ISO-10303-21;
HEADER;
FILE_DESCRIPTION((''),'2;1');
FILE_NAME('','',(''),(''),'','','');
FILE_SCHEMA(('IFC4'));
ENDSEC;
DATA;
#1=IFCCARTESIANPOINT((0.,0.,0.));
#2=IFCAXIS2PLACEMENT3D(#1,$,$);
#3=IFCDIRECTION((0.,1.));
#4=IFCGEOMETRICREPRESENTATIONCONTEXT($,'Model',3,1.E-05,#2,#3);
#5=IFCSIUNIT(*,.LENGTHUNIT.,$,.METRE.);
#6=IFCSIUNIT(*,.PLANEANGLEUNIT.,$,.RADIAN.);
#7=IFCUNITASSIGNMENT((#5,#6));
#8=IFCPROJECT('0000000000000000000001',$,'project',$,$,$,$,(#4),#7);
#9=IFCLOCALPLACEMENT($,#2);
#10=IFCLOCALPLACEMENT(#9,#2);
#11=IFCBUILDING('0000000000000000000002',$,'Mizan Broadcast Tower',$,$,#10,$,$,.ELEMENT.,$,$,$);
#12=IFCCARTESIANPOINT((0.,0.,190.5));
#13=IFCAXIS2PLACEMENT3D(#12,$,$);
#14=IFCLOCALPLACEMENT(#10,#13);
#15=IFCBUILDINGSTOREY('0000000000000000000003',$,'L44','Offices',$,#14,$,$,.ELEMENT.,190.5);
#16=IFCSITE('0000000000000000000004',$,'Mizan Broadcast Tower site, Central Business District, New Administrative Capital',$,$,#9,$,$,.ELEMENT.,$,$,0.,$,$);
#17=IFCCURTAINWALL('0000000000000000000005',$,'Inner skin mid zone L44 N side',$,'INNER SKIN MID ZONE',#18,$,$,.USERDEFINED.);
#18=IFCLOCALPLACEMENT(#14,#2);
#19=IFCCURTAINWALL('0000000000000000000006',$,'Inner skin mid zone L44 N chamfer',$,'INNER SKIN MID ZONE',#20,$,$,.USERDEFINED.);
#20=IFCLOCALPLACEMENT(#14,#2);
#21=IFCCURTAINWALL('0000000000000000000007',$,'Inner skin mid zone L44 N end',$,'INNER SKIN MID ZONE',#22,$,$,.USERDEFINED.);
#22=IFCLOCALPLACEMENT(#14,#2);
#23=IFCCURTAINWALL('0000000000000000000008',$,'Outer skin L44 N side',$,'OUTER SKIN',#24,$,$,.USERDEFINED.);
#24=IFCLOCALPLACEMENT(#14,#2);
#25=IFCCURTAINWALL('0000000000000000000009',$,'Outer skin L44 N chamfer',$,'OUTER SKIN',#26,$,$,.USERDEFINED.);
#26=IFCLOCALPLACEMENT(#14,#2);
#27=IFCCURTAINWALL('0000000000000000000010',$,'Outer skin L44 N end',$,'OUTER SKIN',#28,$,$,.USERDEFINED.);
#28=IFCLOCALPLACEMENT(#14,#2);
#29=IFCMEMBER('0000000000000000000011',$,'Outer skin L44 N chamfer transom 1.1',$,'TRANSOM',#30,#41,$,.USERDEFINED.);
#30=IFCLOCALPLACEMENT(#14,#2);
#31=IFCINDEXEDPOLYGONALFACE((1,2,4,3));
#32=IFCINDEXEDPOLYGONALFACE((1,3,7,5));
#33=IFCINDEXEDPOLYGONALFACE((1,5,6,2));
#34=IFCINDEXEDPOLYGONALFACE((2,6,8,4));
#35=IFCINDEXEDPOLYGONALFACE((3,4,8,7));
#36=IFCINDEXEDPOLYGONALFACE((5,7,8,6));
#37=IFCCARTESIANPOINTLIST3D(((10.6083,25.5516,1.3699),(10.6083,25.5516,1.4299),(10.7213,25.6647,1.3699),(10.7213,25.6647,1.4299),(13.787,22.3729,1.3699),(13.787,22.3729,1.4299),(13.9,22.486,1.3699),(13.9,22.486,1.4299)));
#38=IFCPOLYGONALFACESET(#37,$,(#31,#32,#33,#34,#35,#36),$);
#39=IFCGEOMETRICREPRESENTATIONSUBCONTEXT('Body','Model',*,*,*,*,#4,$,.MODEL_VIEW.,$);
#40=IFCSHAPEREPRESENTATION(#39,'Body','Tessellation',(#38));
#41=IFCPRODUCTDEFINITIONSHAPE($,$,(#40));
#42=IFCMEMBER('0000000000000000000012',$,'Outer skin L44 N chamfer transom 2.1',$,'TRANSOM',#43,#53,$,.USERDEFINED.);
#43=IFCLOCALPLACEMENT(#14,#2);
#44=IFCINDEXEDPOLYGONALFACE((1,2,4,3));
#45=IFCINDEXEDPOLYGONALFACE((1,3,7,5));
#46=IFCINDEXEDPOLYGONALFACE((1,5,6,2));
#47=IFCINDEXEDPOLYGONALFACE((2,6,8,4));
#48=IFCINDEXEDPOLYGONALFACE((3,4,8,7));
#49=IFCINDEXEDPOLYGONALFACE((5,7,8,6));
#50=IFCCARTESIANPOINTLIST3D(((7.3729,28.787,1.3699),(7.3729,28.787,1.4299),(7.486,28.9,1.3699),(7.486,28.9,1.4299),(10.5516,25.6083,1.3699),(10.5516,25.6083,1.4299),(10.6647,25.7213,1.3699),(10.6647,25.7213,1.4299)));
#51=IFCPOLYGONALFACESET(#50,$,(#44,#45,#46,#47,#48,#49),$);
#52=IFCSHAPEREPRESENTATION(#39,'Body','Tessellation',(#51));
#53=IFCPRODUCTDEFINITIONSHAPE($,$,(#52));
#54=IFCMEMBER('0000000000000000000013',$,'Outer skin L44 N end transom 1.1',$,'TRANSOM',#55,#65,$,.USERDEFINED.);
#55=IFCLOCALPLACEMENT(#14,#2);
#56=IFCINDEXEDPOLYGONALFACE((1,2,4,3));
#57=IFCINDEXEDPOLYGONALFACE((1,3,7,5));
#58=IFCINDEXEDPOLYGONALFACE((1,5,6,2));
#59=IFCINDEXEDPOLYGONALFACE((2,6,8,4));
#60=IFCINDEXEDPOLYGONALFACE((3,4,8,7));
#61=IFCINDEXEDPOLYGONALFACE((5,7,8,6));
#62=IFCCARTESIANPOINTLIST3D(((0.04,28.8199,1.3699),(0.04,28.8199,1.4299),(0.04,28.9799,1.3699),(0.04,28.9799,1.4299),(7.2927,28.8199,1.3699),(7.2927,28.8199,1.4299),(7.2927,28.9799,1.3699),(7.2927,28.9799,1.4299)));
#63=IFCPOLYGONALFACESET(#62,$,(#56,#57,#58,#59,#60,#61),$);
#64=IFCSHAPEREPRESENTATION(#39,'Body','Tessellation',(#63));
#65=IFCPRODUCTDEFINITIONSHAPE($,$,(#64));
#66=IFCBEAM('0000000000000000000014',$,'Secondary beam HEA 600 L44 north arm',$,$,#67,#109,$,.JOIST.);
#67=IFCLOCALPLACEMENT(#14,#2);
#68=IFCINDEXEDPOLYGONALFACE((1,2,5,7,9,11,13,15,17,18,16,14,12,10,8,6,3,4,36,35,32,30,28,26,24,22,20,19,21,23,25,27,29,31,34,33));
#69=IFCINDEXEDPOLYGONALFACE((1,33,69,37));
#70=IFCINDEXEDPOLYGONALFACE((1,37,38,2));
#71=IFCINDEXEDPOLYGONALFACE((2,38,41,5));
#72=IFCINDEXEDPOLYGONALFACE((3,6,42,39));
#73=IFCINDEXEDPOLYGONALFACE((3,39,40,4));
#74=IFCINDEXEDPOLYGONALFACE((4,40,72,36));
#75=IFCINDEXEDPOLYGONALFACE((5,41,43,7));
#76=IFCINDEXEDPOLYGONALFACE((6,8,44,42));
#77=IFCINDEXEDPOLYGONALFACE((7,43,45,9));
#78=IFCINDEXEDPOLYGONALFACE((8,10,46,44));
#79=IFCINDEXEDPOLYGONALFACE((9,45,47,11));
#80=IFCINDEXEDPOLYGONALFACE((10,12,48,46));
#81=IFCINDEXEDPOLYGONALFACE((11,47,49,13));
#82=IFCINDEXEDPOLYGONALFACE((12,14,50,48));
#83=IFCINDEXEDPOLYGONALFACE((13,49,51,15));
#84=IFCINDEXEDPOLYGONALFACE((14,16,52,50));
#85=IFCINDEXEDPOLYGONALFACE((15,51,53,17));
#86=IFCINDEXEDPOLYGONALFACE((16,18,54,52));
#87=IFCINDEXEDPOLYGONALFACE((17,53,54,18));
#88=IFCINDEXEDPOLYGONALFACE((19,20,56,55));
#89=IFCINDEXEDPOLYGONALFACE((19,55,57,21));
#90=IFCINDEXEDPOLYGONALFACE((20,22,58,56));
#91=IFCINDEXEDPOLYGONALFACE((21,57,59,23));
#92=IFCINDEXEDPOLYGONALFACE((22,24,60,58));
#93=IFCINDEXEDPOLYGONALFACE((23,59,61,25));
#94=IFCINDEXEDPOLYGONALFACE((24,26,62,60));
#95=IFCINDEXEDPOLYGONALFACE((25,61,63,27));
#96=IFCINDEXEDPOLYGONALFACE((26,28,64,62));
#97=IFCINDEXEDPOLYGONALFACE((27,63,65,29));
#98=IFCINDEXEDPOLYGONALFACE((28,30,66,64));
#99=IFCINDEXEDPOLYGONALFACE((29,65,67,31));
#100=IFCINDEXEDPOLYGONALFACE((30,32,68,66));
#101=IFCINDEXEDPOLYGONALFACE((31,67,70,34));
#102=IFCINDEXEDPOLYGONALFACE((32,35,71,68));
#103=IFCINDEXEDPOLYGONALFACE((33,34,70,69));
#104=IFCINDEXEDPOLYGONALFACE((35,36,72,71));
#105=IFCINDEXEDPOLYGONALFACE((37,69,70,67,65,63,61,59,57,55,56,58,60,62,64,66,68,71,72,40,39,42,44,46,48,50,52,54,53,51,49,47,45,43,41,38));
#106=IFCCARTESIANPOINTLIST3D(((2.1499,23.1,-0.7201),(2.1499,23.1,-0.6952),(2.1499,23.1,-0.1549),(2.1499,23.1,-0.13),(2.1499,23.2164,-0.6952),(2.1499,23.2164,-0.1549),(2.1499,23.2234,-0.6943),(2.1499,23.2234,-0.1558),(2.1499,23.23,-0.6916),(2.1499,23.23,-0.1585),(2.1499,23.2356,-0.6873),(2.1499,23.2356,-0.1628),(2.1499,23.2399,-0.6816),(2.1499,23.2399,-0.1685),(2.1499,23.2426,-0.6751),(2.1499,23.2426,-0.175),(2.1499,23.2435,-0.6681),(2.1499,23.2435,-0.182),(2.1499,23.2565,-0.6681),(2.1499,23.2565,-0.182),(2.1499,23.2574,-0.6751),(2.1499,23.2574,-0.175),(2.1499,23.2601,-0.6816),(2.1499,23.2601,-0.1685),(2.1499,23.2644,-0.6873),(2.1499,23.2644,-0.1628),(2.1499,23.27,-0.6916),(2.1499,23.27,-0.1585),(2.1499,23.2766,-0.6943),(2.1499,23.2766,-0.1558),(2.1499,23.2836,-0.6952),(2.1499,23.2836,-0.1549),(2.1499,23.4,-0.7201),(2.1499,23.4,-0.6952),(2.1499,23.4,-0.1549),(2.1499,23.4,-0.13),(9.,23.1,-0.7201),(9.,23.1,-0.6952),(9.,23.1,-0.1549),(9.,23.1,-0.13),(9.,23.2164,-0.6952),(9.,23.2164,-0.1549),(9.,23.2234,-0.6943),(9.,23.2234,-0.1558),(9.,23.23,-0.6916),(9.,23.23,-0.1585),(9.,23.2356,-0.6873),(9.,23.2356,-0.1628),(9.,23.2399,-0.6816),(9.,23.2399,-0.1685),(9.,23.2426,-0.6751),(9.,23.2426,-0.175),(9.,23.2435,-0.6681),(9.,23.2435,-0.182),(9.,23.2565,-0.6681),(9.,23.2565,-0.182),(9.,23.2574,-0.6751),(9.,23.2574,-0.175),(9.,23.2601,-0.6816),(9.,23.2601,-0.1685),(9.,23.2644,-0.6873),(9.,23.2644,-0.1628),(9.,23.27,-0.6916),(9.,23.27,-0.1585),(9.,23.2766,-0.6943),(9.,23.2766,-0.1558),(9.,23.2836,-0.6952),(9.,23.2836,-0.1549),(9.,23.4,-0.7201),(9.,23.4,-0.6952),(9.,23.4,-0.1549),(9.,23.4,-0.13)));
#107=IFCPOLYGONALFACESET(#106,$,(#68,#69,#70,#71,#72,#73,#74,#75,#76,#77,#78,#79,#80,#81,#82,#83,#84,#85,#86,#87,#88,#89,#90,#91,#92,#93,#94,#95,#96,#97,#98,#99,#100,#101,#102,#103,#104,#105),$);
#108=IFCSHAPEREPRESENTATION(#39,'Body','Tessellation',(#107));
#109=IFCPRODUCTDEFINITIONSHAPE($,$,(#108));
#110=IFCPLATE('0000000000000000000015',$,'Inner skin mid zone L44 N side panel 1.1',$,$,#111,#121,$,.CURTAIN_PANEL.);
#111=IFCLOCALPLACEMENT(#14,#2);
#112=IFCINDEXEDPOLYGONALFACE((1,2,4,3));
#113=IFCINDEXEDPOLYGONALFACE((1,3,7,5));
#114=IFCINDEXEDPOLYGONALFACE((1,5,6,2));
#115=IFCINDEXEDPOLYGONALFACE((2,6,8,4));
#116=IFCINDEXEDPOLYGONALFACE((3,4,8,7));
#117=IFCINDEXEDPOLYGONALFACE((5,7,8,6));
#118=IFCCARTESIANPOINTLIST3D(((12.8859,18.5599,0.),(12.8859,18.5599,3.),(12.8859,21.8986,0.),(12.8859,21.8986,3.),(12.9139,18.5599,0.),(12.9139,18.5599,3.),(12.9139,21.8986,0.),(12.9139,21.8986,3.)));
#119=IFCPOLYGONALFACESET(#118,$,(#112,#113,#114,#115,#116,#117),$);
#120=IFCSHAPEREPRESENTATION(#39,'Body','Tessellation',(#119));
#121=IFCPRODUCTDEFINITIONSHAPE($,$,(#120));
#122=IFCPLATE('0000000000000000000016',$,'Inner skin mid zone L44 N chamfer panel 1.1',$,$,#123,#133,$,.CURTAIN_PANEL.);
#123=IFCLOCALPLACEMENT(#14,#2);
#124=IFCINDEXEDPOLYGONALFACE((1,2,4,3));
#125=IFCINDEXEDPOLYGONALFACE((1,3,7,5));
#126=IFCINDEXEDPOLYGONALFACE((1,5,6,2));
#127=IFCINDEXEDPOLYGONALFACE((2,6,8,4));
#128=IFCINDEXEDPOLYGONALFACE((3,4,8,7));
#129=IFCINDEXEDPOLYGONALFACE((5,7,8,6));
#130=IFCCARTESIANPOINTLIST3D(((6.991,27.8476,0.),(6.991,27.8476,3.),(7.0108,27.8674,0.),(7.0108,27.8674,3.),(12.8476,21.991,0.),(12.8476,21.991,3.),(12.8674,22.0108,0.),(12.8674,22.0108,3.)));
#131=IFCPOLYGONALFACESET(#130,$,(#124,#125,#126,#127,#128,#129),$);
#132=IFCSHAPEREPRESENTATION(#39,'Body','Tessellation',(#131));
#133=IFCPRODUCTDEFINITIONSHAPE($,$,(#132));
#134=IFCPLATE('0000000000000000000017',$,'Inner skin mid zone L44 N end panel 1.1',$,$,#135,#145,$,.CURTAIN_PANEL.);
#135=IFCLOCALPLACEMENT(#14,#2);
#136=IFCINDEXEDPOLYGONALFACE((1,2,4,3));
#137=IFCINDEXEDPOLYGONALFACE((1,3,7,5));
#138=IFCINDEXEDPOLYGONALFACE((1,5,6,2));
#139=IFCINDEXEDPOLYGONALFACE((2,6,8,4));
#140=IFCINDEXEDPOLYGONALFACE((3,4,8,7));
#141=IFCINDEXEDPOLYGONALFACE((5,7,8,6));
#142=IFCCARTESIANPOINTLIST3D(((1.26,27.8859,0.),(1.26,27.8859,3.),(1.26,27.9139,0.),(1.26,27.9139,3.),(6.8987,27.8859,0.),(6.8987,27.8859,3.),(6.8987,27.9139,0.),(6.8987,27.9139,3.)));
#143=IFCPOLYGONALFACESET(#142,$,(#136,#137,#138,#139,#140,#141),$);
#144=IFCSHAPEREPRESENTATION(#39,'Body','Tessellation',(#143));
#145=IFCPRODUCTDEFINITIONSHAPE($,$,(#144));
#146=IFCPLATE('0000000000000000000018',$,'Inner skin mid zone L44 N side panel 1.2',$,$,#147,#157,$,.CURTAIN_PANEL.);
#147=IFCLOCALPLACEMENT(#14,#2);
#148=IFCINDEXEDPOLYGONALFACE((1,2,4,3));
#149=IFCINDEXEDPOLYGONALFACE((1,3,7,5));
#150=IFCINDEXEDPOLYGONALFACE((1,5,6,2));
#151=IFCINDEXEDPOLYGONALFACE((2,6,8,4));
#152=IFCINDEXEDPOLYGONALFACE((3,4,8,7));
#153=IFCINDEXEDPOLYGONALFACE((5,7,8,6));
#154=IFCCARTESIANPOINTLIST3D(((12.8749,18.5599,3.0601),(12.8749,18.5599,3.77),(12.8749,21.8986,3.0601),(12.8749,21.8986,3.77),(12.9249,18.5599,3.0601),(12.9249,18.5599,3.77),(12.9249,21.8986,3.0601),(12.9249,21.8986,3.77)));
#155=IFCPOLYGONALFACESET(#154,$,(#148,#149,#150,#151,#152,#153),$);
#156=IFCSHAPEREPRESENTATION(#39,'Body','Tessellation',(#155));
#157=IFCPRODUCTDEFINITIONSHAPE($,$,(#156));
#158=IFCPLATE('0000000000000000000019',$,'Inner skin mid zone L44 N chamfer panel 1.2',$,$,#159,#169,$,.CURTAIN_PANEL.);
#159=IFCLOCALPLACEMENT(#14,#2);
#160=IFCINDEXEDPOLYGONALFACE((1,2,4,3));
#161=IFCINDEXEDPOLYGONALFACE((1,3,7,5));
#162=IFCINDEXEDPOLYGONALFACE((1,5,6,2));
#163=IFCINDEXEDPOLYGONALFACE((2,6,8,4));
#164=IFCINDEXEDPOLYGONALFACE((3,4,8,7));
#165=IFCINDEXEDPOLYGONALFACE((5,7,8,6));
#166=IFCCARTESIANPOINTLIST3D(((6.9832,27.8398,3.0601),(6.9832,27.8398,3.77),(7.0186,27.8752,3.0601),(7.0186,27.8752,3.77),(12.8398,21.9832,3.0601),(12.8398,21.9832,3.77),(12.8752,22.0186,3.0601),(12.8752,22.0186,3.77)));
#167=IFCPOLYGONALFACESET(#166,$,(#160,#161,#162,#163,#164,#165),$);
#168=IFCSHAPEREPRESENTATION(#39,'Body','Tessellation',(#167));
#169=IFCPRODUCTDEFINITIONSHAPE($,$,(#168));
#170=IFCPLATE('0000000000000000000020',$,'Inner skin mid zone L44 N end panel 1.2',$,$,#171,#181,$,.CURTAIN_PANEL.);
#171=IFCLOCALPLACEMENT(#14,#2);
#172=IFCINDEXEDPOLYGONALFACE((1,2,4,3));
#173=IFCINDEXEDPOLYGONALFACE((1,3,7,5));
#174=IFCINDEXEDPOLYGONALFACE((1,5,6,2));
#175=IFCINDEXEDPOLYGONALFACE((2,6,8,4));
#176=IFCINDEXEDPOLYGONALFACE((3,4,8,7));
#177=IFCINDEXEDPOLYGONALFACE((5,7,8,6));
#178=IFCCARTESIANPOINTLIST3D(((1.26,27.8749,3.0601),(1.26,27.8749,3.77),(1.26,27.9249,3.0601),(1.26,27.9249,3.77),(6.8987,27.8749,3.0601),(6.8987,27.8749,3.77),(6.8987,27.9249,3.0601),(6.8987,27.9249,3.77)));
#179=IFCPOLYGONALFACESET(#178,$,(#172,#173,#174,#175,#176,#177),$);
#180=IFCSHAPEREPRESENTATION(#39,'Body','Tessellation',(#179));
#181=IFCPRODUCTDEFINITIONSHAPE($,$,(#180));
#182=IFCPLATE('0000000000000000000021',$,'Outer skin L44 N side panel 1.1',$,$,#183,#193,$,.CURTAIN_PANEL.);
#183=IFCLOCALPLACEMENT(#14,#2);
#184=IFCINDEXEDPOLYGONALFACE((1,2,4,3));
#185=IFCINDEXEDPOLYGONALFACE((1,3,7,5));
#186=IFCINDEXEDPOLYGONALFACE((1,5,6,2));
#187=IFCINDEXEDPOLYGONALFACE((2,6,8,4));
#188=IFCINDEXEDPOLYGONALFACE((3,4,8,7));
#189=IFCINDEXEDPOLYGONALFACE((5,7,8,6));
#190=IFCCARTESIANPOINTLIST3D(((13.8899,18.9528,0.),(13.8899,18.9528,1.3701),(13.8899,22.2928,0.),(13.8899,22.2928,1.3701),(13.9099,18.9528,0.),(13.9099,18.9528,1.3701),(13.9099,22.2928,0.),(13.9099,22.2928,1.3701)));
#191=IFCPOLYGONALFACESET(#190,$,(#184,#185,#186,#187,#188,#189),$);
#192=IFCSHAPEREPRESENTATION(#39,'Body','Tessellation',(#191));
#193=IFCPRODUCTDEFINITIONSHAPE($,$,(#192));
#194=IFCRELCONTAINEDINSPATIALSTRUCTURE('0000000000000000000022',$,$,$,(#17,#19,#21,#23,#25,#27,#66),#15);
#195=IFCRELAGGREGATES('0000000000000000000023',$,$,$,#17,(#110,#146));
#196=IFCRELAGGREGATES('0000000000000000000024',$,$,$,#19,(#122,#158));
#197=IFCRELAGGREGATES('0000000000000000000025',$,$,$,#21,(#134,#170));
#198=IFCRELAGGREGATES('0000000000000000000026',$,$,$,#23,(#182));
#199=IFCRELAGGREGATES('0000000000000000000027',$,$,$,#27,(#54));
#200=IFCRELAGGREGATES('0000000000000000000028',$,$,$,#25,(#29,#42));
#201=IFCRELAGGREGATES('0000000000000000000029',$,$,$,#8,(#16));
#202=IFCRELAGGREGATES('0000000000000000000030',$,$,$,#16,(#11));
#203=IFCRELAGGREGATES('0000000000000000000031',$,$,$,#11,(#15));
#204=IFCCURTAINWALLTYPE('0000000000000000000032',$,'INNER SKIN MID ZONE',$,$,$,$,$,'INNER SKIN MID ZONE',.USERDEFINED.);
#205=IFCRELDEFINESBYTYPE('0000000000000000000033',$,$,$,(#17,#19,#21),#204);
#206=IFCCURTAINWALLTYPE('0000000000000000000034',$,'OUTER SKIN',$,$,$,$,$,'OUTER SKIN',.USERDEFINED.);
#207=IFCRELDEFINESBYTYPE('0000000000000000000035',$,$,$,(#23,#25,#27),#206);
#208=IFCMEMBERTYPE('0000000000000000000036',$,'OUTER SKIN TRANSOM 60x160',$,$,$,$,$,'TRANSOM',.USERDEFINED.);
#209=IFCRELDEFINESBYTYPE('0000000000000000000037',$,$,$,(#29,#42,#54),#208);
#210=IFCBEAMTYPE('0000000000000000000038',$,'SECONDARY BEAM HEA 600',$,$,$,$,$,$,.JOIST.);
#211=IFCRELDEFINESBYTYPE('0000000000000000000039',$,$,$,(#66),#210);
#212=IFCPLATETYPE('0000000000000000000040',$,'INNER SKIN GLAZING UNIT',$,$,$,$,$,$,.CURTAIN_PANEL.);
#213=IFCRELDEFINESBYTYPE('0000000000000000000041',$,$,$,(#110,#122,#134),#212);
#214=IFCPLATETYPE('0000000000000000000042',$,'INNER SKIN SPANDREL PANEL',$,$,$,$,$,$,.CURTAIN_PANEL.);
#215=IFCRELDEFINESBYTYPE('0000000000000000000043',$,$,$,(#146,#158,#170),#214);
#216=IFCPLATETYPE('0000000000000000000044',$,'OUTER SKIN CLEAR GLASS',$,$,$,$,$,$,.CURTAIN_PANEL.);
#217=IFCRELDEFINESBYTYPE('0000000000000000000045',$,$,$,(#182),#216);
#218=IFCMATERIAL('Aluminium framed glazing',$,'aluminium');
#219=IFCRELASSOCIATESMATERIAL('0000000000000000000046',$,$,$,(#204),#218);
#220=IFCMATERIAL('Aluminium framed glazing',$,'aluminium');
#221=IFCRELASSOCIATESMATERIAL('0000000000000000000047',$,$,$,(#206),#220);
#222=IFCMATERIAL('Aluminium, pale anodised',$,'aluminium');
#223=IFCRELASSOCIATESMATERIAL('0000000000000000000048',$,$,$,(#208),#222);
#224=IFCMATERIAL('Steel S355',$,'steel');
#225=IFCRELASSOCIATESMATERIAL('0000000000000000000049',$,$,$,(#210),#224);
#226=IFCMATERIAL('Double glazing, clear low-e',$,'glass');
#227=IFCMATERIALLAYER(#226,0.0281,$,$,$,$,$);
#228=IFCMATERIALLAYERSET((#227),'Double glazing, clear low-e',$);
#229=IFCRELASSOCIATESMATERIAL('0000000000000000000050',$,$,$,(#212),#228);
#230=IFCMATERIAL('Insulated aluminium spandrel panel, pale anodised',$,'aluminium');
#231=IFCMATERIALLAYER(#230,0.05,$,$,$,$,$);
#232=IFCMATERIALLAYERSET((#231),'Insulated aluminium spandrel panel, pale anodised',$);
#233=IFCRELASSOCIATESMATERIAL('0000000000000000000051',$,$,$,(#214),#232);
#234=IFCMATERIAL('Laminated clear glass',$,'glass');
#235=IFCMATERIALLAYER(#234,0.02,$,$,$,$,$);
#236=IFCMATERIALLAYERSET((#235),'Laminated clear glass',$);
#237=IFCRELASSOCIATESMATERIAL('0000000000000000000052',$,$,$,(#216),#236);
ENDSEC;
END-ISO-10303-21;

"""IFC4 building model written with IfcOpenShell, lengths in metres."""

from ifc_helpers import new_model, si_unit, direction, frame, origin, origin_2d, place, context, subcontext, project, spatial, rectangle, i_section, extrude, material, layer, layer_set, material_profile, profile_set, type_object, element, aggregate, save


model = new_model("IFC4")

# Units and contexts
model_context = context("Model", 3, precision=1e-05, world=origin(), true_north=direction((0.0, 1.0)))
body_context = subcontext(model_context, "Body", "Model", "MODEL_VIEW")
ifc_project = project(units=[si_unit("LENGTHUNIT", "METRE"), si_unit("PLANEANGLEUNIT", "RADIAN")], contexts=[model_context])

# Site, building, storey
site_placement = place(None, origin())
site = spatial("IfcSite", under=ifc_project, at=site_placement, Name="Mizan Broadcast Tower site, Central Business District, New Administrative Capital", CompositionType="ELEMENT", RefElevation=0.0)
building_placement = place(site_placement, origin())
building = spatial("IfcBuilding", under=site, at=building_placement, Name="Mizan Broadcast Tower", CompositionType="ELEMENT")
storey_placement = place(building_placement, frame((0.0, 0.0, 190.5)))
storey = spatial("IfcBuildingStorey", under=building, at=storey_placement, Name="L44", Description="Offices", CompositionType="ELEMENT", Elevation=190.5)

# Curtain walls
ifc_material_1 = material(Name="Aluminium framed glazing", Category="aluminium")
curtain_wall_type_1 = type_object("IfcCurtainWallType", Name="INNER SKIN MID ZONE", ElementType="INNER SKIN MID ZONE", PredefinedType="USERDEFINED", material=ifc_material_1)
curtain_wall_1_placement = place(storey_placement, origin())
curtain_wall_1 = element("IfcCurtainWall", 1, at=curtain_wall_1_placement, inside=storey, type_object=curtain_wall_type_1, Name="Inner skin mid zone L44 N side", ObjectType="INNER SKIN MID ZONE", PredefinedType="USERDEFINED")
curtain_wall_2_placement = place(storey_placement, origin())
curtain_wall_2 = element("IfcCurtainWall", 2, at=curtain_wall_2_placement, inside=storey, type_object=curtain_wall_type_1, Name="Inner skin mid zone L44 N chamfer", ObjectType="INNER SKIN MID ZONE", PredefinedType="USERDEFINED")
curtain_wall_3_placement = place(storey_placement, origin())
curtain_wall_3 = element("IfcCurtainWall", 3, at=curtain_wall_3_placement, inside=storey, type_object=curtain_wall_type_1, Name="Inner skin mid zone L44 N end", ObjectType="INNER SKIN MID ZONE", PredefinedType="USERDEFINED")

# Curtain wall
ifc_material_2 = material(Name="Aluminium framed glazing", Category="aluminium")
curtain_wall_type_2 = type_object("IfcCurtainWallType", Name="OUTER SKIN", ElementType="OUTER SKIN", PredefinedType="USERDEFINED", material=ifc_material_2)
curtain_wall_4_placement = place(storey_placement, origin())
curtain_wall_4 = element("IfcCurtainWall", 4, at=curtain_wall_4_placement, inside=storey, type_object=curtain_wall_type_2, Name="Outer skin L44 N side", ObjectType="OUTER SKIN", PredefinedType="USERDEFINED")

# Curtain wall
curtain_wall_5_placement = place(storey_placement, origin())
curtain_wall_5 = element("IfcCurtainWall", 5, at=curtain_wall_5_placement, inside=storey, type_object=curtain_wall_type_2, Name="Outer skin L44 N chamfer", ObjectType="OUTER SKIN", PredefinedType="USERDEFINED")

# Curtain wall
curtain_wall_6_placement = place(storey_placement, origin())
curtain_wall_6 = element("IfcCurtainWall", 6, at=curtain_wall_6_placement, inside=storey, type_object=curtain_wall_type_2, Name="Outer skin L44 N end", ObjectType="OUTER SKIN", PredefinedType="USERDEFINED")

# Members
ifc_material_3 = material(Name="Aluminium, pale anodised", Category="aluminium")
ifc_material_profile_1 = material_profile(ifc_material_3, rectangle(XDim=0.1599, YDim=0.0601, at=origin_2d()), Name="TRANSOM 160x60")
ifc_profile_set_1 = profile_set([ifc_material_profile_1], Name="Aluminium, pale anodised")
member_type_1 = type_object("IfcMemberType", Name="OUTER SKIN TRANSOM 60x160", ElementType="TRANSOM", PredefinedType="USERDEFINED", material=ifc_profile_set_1)
member_1_placement = place(storey_placement, frame((13.8435, 22.4294, 1.3999), z_axis=(-0.707107, 0.707107, 0.0), x_axis=(-0.707107, -0.707107, 0.0)))
member_1 = element("IfcMember", 7, at=member_1_placement, type_object=member_type_1, Name="Outer skin L44 N chamfer transom 1.1", ObjectType="TRANSOM", PredefinedType="USERDEFINED", context=body_context, shape_type="SweptSolid", body=[
    extrude(rectangle(XDim=0.1599, YDim=0.0601, at=origin_2d()), origin(), (0.0, 0.0, 1.0), 4.4954),
])
member_2_placement = place(storey_placement, frame((10.6082, 25.6648, 1.3999), z_axis=(-0.707107, 0.707107, 0.0), x_axis=(-0.707107, -0.707107, 0.0)))
member_2 = element("IfcMember", 8, at=member_2_placement, type_object=member_type_1, Name="Outer skin L44 N chamfer transom 2.1", ObjectType="TRANSOM", PredefinedType="USERDEFINED", context=body_context, shape_type="SweptSolid", body=[
    extrude(rectangle(XDim=0.1599, YDim=0.0601, at=origin_2d()), origin(), (0.0, 0.0, 1.0), 4.4954),
])
member_3_placement = place(storey_placement, frame((7.2927, 28.8999, 1.3999), z_axis=(-1.0, 0.0, 0.0), x_axis=(0.0, -1.0, 0.0)))
member_3 = element("IfcMember", 9, at=member_3_placement, type_object=member_type_1, Name="Outer skin L44 N end transom 1.1", ObjectType="TRANSOM", PredefinedType="USERDEFINED", context=body_context, shape_type="SweptSolid", body=[
    extrude(rectangle(XDim=0.1599, YDim=0.0601, at=origin_2d()), origin(), (0.0, 0.0, 1.0), 7.2527),
])

# Beam
ifc_material_4 = material(Name="Steel S355", Category="steel")
ifc_material_profile_2 = material_profile(ifc_material_4, i_section(OverallWidth=0.3, OverallDepth=0.5901, WebThickness=0.0129, FlangeThickness=0.0249, FilletRadius=0.0271, at=origin_2d()), Name="HEA 600")
ifc_profile_set_2 = profile_set([ifc_material_profile_2], Name="Steel S355")
beam_type_1 = type_object("IfcBeamType", Name="SECONDARY BEAM HEA 600", PredefinedType="JOIST", material=ifc_profile_set_2)
beam_1_placement = place(storey_placement, frame((9.0, 23.25, -0.425), z_axis=(-1.0, 0.0, 0.0), x_axis=(0.0, -1.0, 0.0)))
element("IfcBeam", 10, at=beam_1_placement, inside=storey, type_object=beam_type_1, Name="Secondary beam HEA 600 L44 north arm", PredefinedType="JOIST", context=body_context, shape_type="SweptSolid", body=[
    extrude(i_section(OverallWidth=0.3, OverallDepth=0.5901, WebThickness=0.0129, FlangeThickness=0.0249, FilletRadius=0.0271, at=origin_2d()), origin(), (0.0, 0.0, 1.0), 6.8501),
])

# Plates
ifc_material_5 = material(Name="Double glazing, clear low-e", Category="glass")
ifc_layer_1 = layer(ifc_material_5, 0.0281)
ifc_layer_set_1 = layer_set([ifc_layer_1], Name="Double glazing, clear low-e")
plate_type_1 = type_object("IfcPlateType", Name="INNER SKIN GLAZING UNIT", PredefinedType="CURTAIN_PANEL", material=ifc_layer_set_1)
plate_1_placement = place(storey_placement, frame((12.8999, 20.2292, 0.0), z_axis=(0.0, 0.0, 1.0), x_axis=(0.0, 1.0, 0.0)))
plate_1 = element("IfcPlate", 11, at=plate_1_placement, type_object=plate_type_1, Name="Inner skin mid zone L44 N side panel 1.1", PredefinedType="CURTAIN_PANEL", context=body_context, shape_type="SweptSolid", body=[
    extrude(rectangle(XDim=3.3386, YDim=0.0281, at=origin_2d()), origin(), (0.0, 0.0, 1.0), 3.0),
])
plate_2_placement = place(storey_placement, frame((9.9292, 24.9292, 0.0), z_axis=(0.0, 0.0, 1.0), x_axis=(-0.707107, 0.707107, 0.0)))
plate_2 = element("IfcPlate", 12, at=plate_2_placement, type_object=plate_type_1, Name="Inner skin mid zone L44 N chamfer panel 1.1", PredefinedType="CURTAIN_PANEL", context=body_context, shape_type="SweptSolid", body=[
    extrude(rectangle(XDim=8.2825, YDim=0.0281, at=origin_2d()), origin(), (0.0, 0.0, 1.0), 3.0),
])
plate_3_placement = place(storey_placement, frame((4.0793, 27.8999, 0.0), z_axis=(0.0, 0.0, 1.0), x_axis=(-1.0, 0.0, 0.0)))
plate_3 = element("IfcPlate", 13, at=plate_3_placement, type_object=plate_type_1, Name="Inner skin mid zone L44 N end panel 1.1", PredefinedType="CURTAIN_PANEL", context=body_context, shape_type="SweptSolid", body=[
    extrude(rectangle(XDim=5.6387, YDim=0.0281, at=origin_2d()), origin(), (0.0, 0.0, 1.0), 3.0),
])
ifc_material_6 = material(Name="Insulated aluminium spandrel panel, pale anodised", Category="aluminium")
ifc_layer_2 = layer(ifc_material_6, 0.05)
ifc_layer_set_2 = layer_set([ifc_layer_2], Name="Insulated aluminium spandrel panel, pale anodised")
plate_type_2 = type_object("IfcPlateType", Name="INNER SKIN SPANDREL PANEL", PredefinedType="CURTAIN_PANEL", material=ifc_layer_set_2)
plate_4_placement = place(storey_placement, frame((12.8999, 20.2292, 3.0601), z_axis=(0.0, 0.0, 1.0), x_axis=(0.0, 1.0, 0.0)))
plate_4 = element("IfcPlate", 14, at=plate_4_placement, type_object=plate_type_2, Name="Inner skin mid zone L44 N side panel 1.2", PredefinedType="CURTAIN_PANEL", context=body_context, shape_type="SweptSolid", body=[
    extrude(rectangle(XDim=3.3386, YDim=0.05, at=origin_2d()), origin(), (0.0, 0.0, 1.0), 0.71),
])
aggregate(curtain_wall_1, [plate_1, plate_4])
plate_5_placement = place(storey_placement, frame((9.9292, 24.9292, 3.0601), z_axis=(0.0, 0.0, 1.0), x_axis=(-0.707107, 0.707107, 0.0)))
plate_5 = element("IfcPlate", 15, at=plate_5_placement, type_object=plate_type_2, Name="Inner skin mid zone L44 N chamfer panel 1.2", PredefinedType="CURTAIN_PANEL", context=body_context, shape_type="SweptSolid", body=[
    extrude(rectangle(XDim=8.2825, YDim=0.05, at=origin_2d()), origin(), (0.0, 0.0, 1.0), 0.71),
])
aggregate(curtain_wall_2, [plate_2, plate_5])
plate_6_placement = place(storey_placement, frame((4.0793, 27.8999, 3.0601), z_axis=(0.0, 0.0, 1.0), x_axis=(-1.0, 0.0, 0.0)))
plate_6 = element("IfcPlate", 16, at=plate_6_placement, type_object=plate_type_2, Name="Inner skin mid zone L44 N end panel 1.2", PredefinedType="CURTAIN_PANEL", context=body_context, shape_type="SweptSolid", body=[
    extrude(rectangle(XDim=5.6387, YDim=0.05, at=origin_2d()), origin(), (0.0, 0.0, 1.0), 0.71),
])
aggregate(curtain_wall_3, [plate_3, plate_6])
ifc_material_7 = material(Name="Laminated clear glass", Category="glass")
ifc_layer_3 = layer(ifc_material_7, 0.02)
ifc_layer_set_3 = layer_set([ifc_layer_3], Name="Laminated clear glass")
plate_type_3 = type_object("IfcPlateType", Name="OUTER SKIN CLEAR GLASS", PredefinedType="CURTAIN_PANEL", material=ifc_layer_set_3)
plate_7_placement = place(storey_placement, frame((13.8999, 20.6228, 0.0), z_axis=(0.0, 0.0, 1.0), x_axis=(0.0, 1.0, 0.0)))
plate_7 = element("IfcPlate", 17, at=plate_7_placement, type_object=plate_type_3, Name="Outer skin L44 N side panel 1.1", PredefinedType="CURTAIN_PANEL", context=body_context, shape_type="SweptSolid", body=[
    extrude(rectangle(XDim=3.3401, YDim=0.02, at=origin_2d()), origin(), (0.0, 0.0, 1.0), 1.3701),
])
aggregate(curtain_wall_4, [plate_7])
aggregate(curtain_wall_6, [member_3])
aggregate(curtain_wall_5, [member_1, member_2])

save(model, "model.ifc")
